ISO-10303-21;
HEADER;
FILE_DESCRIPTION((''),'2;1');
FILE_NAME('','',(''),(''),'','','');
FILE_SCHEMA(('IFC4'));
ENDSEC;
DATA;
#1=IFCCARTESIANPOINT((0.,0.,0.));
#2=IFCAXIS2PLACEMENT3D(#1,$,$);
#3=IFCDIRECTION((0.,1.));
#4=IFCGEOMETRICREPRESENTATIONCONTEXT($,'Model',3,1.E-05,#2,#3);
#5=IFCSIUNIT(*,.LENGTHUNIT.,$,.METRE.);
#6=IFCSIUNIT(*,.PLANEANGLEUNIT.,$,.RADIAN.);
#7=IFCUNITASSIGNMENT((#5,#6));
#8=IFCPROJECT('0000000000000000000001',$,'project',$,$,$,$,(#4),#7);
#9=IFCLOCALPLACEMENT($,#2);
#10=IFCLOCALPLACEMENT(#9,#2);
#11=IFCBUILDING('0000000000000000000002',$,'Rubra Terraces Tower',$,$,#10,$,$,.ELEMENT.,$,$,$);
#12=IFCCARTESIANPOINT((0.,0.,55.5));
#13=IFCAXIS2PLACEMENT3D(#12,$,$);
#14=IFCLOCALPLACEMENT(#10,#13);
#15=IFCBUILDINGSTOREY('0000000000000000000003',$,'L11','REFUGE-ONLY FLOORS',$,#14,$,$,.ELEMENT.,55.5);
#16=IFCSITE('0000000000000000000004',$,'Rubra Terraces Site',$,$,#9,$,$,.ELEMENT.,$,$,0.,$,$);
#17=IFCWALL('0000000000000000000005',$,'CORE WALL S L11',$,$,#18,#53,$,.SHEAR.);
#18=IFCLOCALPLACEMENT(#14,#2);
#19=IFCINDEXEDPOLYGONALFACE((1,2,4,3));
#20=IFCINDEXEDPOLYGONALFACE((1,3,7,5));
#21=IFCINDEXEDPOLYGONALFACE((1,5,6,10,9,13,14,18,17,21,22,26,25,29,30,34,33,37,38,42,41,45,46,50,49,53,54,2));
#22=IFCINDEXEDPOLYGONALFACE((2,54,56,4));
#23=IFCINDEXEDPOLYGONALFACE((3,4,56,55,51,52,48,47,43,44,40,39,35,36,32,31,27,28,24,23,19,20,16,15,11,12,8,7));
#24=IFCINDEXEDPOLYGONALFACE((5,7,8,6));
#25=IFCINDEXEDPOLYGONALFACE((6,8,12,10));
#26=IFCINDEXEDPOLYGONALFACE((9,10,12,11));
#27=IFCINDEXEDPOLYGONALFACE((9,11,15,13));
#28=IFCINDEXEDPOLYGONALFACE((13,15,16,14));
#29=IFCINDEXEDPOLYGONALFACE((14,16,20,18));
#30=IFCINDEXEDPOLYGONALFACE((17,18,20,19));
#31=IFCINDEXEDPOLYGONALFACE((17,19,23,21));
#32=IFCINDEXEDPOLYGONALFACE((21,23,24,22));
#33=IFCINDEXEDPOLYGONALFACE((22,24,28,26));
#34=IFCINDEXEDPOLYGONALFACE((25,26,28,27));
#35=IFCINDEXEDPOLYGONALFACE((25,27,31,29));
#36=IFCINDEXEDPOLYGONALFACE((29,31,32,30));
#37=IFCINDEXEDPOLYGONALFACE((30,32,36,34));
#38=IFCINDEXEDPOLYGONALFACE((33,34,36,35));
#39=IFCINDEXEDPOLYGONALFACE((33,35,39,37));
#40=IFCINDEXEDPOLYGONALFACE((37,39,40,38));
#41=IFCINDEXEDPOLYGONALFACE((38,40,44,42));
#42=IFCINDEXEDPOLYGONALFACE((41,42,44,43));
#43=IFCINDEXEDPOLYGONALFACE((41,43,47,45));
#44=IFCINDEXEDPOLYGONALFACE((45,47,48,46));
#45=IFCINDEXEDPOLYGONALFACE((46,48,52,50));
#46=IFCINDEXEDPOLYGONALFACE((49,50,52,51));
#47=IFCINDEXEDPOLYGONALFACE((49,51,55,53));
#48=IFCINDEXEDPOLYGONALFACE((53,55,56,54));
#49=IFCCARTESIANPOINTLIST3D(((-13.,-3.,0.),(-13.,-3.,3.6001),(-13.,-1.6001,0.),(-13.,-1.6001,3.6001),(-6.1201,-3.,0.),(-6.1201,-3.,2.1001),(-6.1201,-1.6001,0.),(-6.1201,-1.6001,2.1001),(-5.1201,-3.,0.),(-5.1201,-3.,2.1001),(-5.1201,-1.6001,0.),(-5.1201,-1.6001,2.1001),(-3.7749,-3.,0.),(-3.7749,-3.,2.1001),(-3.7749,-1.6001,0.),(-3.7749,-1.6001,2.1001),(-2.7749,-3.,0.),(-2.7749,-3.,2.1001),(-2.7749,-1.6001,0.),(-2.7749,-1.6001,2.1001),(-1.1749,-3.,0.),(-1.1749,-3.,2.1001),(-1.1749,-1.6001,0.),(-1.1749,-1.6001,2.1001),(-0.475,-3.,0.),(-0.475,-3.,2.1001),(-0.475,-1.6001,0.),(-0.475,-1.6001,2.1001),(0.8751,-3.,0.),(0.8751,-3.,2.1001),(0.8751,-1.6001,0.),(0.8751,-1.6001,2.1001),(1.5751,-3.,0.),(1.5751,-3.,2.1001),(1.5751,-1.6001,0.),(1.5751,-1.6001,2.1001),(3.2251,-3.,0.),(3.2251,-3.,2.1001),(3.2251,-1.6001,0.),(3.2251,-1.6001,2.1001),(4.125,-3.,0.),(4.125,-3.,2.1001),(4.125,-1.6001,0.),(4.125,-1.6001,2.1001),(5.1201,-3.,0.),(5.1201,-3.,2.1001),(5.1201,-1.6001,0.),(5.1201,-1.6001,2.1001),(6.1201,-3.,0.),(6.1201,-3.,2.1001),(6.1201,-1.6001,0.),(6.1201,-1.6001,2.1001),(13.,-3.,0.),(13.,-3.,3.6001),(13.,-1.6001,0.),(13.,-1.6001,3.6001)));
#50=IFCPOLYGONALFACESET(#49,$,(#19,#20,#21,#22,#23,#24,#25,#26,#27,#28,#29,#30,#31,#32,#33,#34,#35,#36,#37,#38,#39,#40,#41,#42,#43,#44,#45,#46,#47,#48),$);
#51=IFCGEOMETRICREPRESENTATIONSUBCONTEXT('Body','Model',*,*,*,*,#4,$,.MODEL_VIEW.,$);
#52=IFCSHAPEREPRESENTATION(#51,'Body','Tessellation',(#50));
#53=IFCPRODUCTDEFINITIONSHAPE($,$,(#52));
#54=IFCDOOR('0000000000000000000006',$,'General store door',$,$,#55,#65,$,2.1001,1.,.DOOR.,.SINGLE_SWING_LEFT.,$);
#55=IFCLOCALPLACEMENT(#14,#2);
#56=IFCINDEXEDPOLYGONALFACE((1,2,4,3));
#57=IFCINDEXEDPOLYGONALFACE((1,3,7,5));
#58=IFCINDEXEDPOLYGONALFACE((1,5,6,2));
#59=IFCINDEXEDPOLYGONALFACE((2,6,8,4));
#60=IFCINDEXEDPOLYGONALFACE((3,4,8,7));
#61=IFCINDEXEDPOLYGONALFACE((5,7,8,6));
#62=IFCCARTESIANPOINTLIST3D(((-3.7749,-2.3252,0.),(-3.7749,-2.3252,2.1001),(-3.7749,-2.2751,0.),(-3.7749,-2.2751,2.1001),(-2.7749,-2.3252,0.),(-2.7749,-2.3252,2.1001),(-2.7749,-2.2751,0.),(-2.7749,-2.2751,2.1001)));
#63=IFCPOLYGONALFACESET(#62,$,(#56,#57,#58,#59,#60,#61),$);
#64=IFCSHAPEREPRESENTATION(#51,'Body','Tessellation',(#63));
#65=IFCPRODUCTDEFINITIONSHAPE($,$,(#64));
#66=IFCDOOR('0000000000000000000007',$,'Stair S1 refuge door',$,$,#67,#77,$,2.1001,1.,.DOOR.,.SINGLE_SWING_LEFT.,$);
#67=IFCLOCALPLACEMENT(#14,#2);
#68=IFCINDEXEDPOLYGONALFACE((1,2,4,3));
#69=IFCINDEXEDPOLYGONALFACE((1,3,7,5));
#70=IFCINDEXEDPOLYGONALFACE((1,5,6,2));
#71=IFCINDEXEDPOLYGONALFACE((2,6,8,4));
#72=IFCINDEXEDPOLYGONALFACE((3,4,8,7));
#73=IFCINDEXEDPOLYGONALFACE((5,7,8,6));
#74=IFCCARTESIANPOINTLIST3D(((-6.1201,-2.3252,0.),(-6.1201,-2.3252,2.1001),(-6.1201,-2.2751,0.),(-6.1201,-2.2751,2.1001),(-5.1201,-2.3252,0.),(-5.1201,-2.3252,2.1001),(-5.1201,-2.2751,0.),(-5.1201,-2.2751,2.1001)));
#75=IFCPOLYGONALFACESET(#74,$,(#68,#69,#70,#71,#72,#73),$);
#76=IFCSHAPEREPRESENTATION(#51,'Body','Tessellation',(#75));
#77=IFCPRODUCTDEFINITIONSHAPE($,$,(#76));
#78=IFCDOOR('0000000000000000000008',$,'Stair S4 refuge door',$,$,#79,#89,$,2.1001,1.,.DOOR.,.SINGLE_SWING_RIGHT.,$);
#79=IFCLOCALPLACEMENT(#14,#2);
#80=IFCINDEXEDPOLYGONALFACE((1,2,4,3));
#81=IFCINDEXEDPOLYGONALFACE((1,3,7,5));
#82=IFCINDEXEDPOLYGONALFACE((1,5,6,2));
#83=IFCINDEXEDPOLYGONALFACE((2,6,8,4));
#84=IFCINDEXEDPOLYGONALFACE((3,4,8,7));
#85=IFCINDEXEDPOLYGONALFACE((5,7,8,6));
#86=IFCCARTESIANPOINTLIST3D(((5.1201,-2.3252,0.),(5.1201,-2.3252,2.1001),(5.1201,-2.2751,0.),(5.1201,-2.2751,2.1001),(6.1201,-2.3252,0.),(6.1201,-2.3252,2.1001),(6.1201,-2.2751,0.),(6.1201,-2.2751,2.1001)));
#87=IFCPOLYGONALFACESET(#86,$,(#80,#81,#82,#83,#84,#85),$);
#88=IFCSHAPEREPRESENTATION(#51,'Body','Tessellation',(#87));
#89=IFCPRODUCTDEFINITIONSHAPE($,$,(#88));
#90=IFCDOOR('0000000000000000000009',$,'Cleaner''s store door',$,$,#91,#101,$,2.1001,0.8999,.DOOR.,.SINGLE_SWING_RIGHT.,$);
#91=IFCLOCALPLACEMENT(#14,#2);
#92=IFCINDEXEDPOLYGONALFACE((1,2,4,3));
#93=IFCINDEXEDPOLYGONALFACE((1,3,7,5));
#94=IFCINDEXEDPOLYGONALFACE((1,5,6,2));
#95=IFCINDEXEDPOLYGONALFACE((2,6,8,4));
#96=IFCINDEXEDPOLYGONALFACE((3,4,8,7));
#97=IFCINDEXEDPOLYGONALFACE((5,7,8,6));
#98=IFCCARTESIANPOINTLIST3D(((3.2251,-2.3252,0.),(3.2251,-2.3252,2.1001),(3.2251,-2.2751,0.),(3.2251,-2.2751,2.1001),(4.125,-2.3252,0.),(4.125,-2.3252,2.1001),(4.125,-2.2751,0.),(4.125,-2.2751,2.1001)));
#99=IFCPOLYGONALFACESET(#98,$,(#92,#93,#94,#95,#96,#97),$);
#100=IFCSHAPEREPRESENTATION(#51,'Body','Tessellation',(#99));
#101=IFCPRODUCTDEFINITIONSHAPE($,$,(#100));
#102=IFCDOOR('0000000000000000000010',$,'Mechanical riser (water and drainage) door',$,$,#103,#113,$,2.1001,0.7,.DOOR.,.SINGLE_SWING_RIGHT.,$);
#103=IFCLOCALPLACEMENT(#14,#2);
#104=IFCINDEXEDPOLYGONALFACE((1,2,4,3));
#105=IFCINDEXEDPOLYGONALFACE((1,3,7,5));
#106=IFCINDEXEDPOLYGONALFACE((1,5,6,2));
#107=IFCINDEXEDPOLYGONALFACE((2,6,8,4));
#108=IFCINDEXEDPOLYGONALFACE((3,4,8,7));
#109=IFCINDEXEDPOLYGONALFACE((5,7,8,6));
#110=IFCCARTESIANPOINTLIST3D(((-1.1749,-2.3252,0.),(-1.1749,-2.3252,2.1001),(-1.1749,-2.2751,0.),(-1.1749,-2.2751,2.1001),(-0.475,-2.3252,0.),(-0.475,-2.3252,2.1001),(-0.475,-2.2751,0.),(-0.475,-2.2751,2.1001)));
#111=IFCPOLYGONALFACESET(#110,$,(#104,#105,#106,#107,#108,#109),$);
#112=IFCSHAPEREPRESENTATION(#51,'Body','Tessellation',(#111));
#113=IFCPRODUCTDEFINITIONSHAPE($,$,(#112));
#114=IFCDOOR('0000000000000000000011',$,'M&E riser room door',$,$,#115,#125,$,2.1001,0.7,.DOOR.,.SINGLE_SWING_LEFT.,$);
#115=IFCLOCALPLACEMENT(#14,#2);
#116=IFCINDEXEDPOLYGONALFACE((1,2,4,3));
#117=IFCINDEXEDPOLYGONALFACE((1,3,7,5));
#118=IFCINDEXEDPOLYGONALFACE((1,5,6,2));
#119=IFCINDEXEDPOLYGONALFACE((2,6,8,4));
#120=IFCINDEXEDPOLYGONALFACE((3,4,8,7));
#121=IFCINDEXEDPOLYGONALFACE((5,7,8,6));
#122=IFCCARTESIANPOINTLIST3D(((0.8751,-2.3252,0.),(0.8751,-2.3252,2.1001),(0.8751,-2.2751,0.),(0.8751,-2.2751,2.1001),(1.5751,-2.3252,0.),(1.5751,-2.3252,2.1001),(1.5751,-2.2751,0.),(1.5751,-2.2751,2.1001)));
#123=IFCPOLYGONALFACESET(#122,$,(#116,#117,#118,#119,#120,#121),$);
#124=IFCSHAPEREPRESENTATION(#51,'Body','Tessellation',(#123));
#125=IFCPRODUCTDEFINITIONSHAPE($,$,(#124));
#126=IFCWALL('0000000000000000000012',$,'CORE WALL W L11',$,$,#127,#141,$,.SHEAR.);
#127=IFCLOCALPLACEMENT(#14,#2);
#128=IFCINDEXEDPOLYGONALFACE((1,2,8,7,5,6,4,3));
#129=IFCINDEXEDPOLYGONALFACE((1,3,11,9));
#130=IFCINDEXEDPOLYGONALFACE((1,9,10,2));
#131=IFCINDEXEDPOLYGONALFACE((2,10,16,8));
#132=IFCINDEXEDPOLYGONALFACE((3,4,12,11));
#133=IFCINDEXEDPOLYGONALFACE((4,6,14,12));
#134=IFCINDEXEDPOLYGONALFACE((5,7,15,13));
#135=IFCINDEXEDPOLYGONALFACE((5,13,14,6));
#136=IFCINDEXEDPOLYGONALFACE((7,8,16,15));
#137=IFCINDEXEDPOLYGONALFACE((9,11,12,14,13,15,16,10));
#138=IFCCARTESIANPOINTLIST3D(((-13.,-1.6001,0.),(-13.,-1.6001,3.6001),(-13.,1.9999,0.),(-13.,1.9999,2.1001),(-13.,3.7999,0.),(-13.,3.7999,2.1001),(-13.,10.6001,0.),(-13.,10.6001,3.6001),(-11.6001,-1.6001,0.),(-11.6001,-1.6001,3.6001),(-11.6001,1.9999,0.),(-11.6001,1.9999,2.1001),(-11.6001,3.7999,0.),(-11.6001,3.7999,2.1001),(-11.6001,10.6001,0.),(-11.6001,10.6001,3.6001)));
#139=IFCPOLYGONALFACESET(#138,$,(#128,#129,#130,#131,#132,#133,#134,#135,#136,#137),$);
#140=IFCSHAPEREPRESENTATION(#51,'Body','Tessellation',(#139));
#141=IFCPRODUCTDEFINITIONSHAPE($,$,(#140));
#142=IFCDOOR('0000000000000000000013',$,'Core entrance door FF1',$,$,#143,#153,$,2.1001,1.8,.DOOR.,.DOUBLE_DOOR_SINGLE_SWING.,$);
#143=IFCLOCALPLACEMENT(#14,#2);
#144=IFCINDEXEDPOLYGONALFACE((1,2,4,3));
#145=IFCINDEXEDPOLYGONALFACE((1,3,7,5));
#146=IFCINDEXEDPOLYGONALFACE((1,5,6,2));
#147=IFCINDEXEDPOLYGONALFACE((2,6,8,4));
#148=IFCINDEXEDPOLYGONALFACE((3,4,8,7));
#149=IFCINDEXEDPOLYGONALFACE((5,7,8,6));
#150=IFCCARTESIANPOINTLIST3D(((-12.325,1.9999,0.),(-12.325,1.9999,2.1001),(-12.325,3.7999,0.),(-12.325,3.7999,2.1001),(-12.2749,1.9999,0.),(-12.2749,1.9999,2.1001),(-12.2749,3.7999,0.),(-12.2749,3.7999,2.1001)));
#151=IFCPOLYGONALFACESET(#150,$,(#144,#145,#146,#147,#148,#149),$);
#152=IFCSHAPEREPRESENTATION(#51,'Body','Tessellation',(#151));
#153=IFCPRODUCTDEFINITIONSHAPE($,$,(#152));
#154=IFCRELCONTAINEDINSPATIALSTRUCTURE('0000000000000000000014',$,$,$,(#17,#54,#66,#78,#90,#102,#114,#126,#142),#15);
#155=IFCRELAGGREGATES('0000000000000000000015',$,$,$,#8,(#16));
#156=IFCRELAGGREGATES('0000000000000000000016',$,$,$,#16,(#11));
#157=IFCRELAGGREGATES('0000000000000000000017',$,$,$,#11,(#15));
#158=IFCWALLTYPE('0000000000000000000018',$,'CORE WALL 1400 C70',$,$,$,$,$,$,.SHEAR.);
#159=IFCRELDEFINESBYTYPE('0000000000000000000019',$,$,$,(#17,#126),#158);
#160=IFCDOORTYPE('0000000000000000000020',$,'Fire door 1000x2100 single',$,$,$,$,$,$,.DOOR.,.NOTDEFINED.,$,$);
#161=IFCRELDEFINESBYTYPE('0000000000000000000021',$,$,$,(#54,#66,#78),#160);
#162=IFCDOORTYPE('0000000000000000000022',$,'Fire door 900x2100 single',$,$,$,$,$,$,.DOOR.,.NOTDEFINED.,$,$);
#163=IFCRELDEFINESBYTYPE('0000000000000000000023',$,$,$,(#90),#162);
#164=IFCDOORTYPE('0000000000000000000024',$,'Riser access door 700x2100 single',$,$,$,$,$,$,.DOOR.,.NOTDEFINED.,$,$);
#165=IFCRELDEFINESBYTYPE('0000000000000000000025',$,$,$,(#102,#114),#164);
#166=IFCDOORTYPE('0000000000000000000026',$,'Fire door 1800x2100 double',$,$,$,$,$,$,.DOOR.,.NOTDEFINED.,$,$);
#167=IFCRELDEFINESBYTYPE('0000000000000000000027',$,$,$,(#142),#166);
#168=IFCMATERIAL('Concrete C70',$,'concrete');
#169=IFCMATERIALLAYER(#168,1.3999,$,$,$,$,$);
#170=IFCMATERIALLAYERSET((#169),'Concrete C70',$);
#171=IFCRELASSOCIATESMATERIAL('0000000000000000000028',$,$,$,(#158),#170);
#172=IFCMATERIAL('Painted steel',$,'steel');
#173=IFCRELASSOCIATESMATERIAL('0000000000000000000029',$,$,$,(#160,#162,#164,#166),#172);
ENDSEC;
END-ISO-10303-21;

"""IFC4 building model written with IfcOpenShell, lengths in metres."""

from ifc_helpers import new_model, si_unit, direction, frame, frame_2d, origin, place, context, subcontext, project, spatial, rectangle, extrude, material, layer, layer_set, type_object, element, fill, save


model = new_model("IFC4")

# Units and contexts
model_context = context("Model", 3, precision=1e-05, world=origin(), true_north=direction((0.0, 1.0)))
body_context = subcontext(model_context, "Body", "Model", "MODEL_VIEW")
ifc_project = project(units=[si_unit("LENGTHUNIT", "METRE"), si_unit("PLANEANGLEUNIT", "RADIAN")], contexts=[model_context])

# Site, building, storey
site_placement = place(None, origin())
site = spatial("IfcSite", under=ifc_project, at=site_placement, Name="Rubra Terraces Site", CompositionType="ELEMENT", RefElevation=0.0)
building_placement = place(site_placement, origin())
building = spatial("IfcBuilding", under=site, at=building_placement, Name="Rubra Terraces Tower", CompositionType="ELEMENT")
storey_placement = place(building_placement, frame((0.0, 0.0, 55.5)))
storey = spatial("IfcBuildingStorey", under=building, at=storey_placement, Name="L11", Description="REFUGE-ONLY FLOORS", CompositionType="ELEMENT", Elevation=55.5)

# Wall, openings, doors
ifc_material_1 = material(Name="Concrete C70", Category="concrete")
ifc_layer_1 = layer(ifc_material_1, 1.3999)
ifc_layer_set_1 = layer_set([ifc_layer_1], Name="Concrete C70")
wall_type_1 = type_object("IfcWallType", Name="CORE WALL 1400 C70", PredefinedType="SHEAR", material=ifc_layer_set_1)
wall_1_placement = place(storey_placement, frame((-13.0, -2.3, 0.0), z_axis=(0.0, 0.0, 1.0), x_axis=(1.0, 0.0, 0.0)))
wall_1 = element("IfcWall", 1, at=wall_1_placement, inside=storey, type_object=wall_type_1, Name="CORE WALL S L11", PredefinedType="SHEAR", context=body_context, shape_type="SweptSolid", body=[
    extrude(rectangle(XDim=26.0, YDim=1.3999, at=frame_2d((13.0, 0.0))), origin(), (0.0, 0.0, 1.0), 3.6001),
])
opening_1_placement = place(wall_1_placement, frame((9.2251, 0.0, 0.0)))
opening_1 = element("IfcOpeningElement", 2, at=opening_1_placement, cuts=wall_1, PredefinedType="OPENING", context=body_context, shape_type="SweptSolid", body=[
    extrude(rectangle(XDim=1.0, YDim=2.1001, at=frame_2d((0.5, 1.05))), frame((0.0, 0.71, 0.0), z_axis=(0.0, -1.0, 0.0), x_axis=(1.0, 0.0, 0.0)), (0.0, 0.0, 1.0), 1.4199),
])
opening_2_placement = place(wall_1_placement, frame((11.825, 0.0, 0.0)))
opening_2 = element("IfcOpeningElement", 3, at=opening_2_placement, cuts=wall_1, PredefinedType="OPENING", context=body_context, shape_type="SweptSolid", body=[
    extrude(rectangle(XDim=0.7, YDim=2.1001, at=frame_2d((0.3501, 1.05))), frame((0.0, 0.71, 0.0), z_axis=(0.0, -1.0, 0.0), x_axis=(1.0, 0.0, 0.0)), (0.0, 0.0, 1.0), 1.4199),
])
opening_3_placement = place(wall_1_placement, frame((13.875, 0.0, 0.0)))
opening_3 = element("IfcOpeningElement", 4, at=opening_3_placement, cuts=wall_1, PredefinedType="OPENING", context=body_context, shape_type="SweptSolid", body=[
    extrude(rectangle(XDim=0.7, YDim=2.1001, at=frame_2d((0.3501, 1.05))), frame((0.0, 0.71, 0.0), z_axis=(0.0, -1.0, 0.0), x_axis=(1.0, 0.0, 0.0)), (0.0, 0.0, 1.0), 1.4199),
])
opening_4_placement = place(wall_1_placement, frame((16.2251, 0.0, 0.0)))
opening_4 = element("IfcOpeningElement", 5, at=opening_4_placement, cuts=wall_1, PredefinedType="OPENING", context=body_context, shape_type="SweptSolid", body=[
    extrude(rectangle(XDim=0.8999, YDim=2.1001, at=frame_2d((0.45, 1.05))), frame((0.0, 0.71, 0.0), z_axis=(0.0, -1.0, 0.0), x_axis=(1.0, 0.0, 0.0)), (0.0, 0.0, 1.0), 1.4199),
])
opening_5_placement = place(wall_1_placement, frame((6.8799, 0.0, 0.0)))
opening_5 = element("IfcOpeningElement", 6, at=opening_5_placement, cuts=wall_1, PredefinedType="OPENING", context=body_context, shape_type="SweptSolid", body=[
    extrude(rectangle(XDim=1.0, YDim=2.1001, at=frame_2d((0.5, 1.05))), frame((0.0, 0.71, 0.0), z_axis=(0.0, -1.0, 0.0), x_axis=(1.0, 0.0, 0.0)), (0.0, 0.0, 1.0), 1.4199),
])
opening_6_placement = place(wall_1_placement, frame((18.1201, 0.0, 0.0)))
opening_6 = element("IfcOpeningElement", 7, at=opening_6_placement, cuts=wall_1, PredefinedType="OPENING", context=body_context, shape_type="SweptSolid", body=[
    extrude(rectangle(XDim=1.0, YDim=2.1001, at=frame_2d((0.5, 1.05))), frame((0.0, 0.71, 0.0), z_axis=(0.0, -1.0, 0.0), x_axis=(1.0, 0.0, 0.0)), (0.0, 0.0, 1.0), 1.4199),
])
ifc_material_2 = material(Name="Painted steel", Category="steel")
door_type_1 = type_object("IfcDoorType", Name="Fire door 1000x2100 single", OperationType="NOTDEFINED", PredefinedType="DOOR", material=ifc_material_2)
door_1_placement = place(opening_1_placement, origin())
door_1 = element("IfcDoor", 8, at=door_1_placement, inside=storey, type_object=door_type_1, Name="General store door", OperationType="SINGLE_SWING_LEFT", OverallHeight=2.1001, OverallWidth=1.0, PredefinedType="DOOR", context=body_context, shape_type="SweptSolid", body=[
    extrude(rectangle(XDim=1.0, YDim=2.1001, at=frame_2d((0.5, 1.05))), frame((0.0, 0.0249, 0.0), z_axis=(0.0, -1.0, 0.0), x_axis=(1.0, 0.0, 0.0)), (0.0, 0.0, 1.0), 0.05),
])
fill(opening_1, door_1)
door_2_placement = place(opening_5_placement, origin())
door_2 = element("IfcDoor", 9, at=door_2_placement, inside=storey, type_object=door_type_1, Name="Stair S1 refuge door", OperationType="SINGLE_SWING_LEFT", OverallHeight=2.1001, OverallWidth=1.0, PredefinedType="DOOR", context=body_context, shape_type="SweptSolid", body=[
    extrude(rectangle(XDim=1.0, YDim=2.1001, at=frame_2d((0.5, 1.05))), frame((0.0, 0.0249, 0.0), z_axis=(0.0, -1.0, 0.0), x_axis=(1.0, 0.0, 0.0)), (0.0, 0.0, 1.0), 0.05),
])
fill(opening_5, door_2)
door_3_placement = place(opening_6_placement, origin())
door_3 = element("IfcDoor", 10, at=door_3_placement, inside=storey, type_object=door_type_1, Name="Stair S4 refuge door", OperationType="SINGLE_SWING_RIGHT", OverallHeight=2.1001, OverallWidth=1.0, PredefinedType="DOOR", context=body_context, shape_type="SweptSolid", body=[
    extrude(rectangle(XDim=1.0, YDim=2.1001, at=frame_2d((0.5, 1.05))), frame((0.0, 0.0249, 0.0), z_axis=(0.0, -1.0, 0.0), x_axis=(1.0, 0.0, 0.0)), (0.0, 0.0, 1.0), 0.05),
])
fill(opening_6, door_3)
door_type_2 = type_object("IfcDoorType", Name="Fire door 900x2100 single", OperationType="NOTDEFINED", PredefinedType="DOOR", material=ifc_material_2)
door_4_placement = place(opening_4_placement, origin())
door_4 = element("IfcDoor", 11, at=door_4_placement, inside=storey, type_object=door_type_2, Name="Cleaner's store door", OperationType="SINGLE_SWING_RIGHT", OverallHeight=2.1001, OverallWidth=0.8999, PredefinedType="DOOR", context=body_context, shape_type="SweptSolid", body=[
    extrude(rectangle(XDim=0.8999, YDim=2.1001, at=frame_2d((0.45, 1.05))), frame((0.0, 0.0249, 0.0), z_axis=(0.0, -1.0, 0.0), x_axis=(1.0, 0.0, 0.0)), (0.0, 0.0, 1.0), 0.05),
])
fill(opening_4, door_4)
door_type_3 = type_object("IfcDoorType", Name="Riser access door 700x2100 single", OperationType="NOTDEFINED", PredefinedType="DOOR", material=ifc_material_2)
door_5_placement = place(opening_2_placement, origin())
door_5 = element("IfcDoor", 12, at=door_5_placement, inside=storey, type_object=door_type_3, Name="Mechanical riser (water and drainage) door", OperationType="SINGLE_SWING_RIGHT", OverallHeight=2.1001, OverallWidth=0.7, PredefinedType="DOOR", context=body_context, shape_type="SweptSolid", body=[
    extrude(rectangle(XDim=0.7, YDim=2.1001, at=frame_2d((0.3501, 1.05))), frame((0.0, 0.0249, 0.0), z_axis=(0.0, -1.0, 0.0), x_axis=(1.0, 0.0, 0.0)), (0.0, 0.0, 1.0), 0.05),
])
fill(opening_2, door_5)
door_6_placement = place(opening_3_placement, origin())
door_6 = element("IfcDoor", 13, at=door_6_placement, inside=storey, type_object=door_type_3, Name="M&E riser room door", OperationType="SINGLE_SWING_LEFT", OverallHeight=2.1001, OverallWidth=0.7, PredefinedType="DOOR", context=body_context, shape_type="SweptSolid", body=[
    extrude(rectangle(XDim=0.7, YDim=2.1001, at=frame_2d((0.3501, 1.05))), frame((0.0, 0.0249, 0.0), z_axis=(0.0, -1.0, 0.0), x_axis=(1.0, 0.0, 0.0)), (0.0, 0.0, 1.0), 0.05),
])
fill(opening_3, door_6)

# Wall, opening, door
wall_2_placement = place(storey_placement, frame((-12.3, -1.6001, 0.0), z_axis=(0.0, 0.0, 1.0), x_axis=(0.0, 1.0, 0.0)))
wall_2 = element("IfcWall", 14, at=wall_2_placement, inside=storey, type_object=wall_type_1, Name="CORE WALL W L11", PredefinedType="SHEAR", context=body_context, shape_type="SweptSolid", body=[
    extrude(rectangle(XDim=12.2002, YDim=1.3999, at=frame_2d((6.1001, 0.0))), origin(), (0.0, 0.0, 1.0), 3.6001),
])
opening_7_placement = place(wall_2_placement, frame((3.6001, 0.0, 0.0)))
opening_7 = element("IfcOpeningElement", 15, at=opening_7_placement, cuts=wall_2, PredefinedType="OPENING", context=body_context, shape_type="SweptSolid", body=[
    extrude(rectangle(XDim=1.8, YDim=2.1001, at=frame_2d((0.8999, 1.05))), frame((0.0, 0.71, 0.0), z_axis=(0.0, -1.0, 0.0), x_axis=(1.0, 0.0, 0.0)), (0.0, 0.0, 1.0), 1.4199),
])
door_type_4 = type_object("IfcDoorType", Name="Fire door 1800x2100 double", OperationType="NOTDEFINED", PredefinedType="DOOR", material=ifc_material_2)
door_7_placement = place(opening_7_placement, origin())
door_7 = element("IfcDoor", 16, at=door_7_placement, inside=storey, type_object=door_type_4, Name="Core entrance door FF1", OperationType="DOUBLE_DOOR_SINGLE_SWING", OverallHeight=2.1001, OverallWidth=1.8, PredefinedType="DOOR", context=body_context, shape_type="SweptSolid", body=[
    extrude(rectangle(XDim=1.8, YDim=2.1001, at=frame_2d((0.8999, 1.05))), frame((0.0, 0.0249, 0.0), z_axis=(0.0, -1.0, 0.0), x_axis=(1.0, 0.0, 0.0)), (0.0, 0.0, 1.0), 0.05),
])
fill(opening_7, door_7)

save(model, "model.ifc")
